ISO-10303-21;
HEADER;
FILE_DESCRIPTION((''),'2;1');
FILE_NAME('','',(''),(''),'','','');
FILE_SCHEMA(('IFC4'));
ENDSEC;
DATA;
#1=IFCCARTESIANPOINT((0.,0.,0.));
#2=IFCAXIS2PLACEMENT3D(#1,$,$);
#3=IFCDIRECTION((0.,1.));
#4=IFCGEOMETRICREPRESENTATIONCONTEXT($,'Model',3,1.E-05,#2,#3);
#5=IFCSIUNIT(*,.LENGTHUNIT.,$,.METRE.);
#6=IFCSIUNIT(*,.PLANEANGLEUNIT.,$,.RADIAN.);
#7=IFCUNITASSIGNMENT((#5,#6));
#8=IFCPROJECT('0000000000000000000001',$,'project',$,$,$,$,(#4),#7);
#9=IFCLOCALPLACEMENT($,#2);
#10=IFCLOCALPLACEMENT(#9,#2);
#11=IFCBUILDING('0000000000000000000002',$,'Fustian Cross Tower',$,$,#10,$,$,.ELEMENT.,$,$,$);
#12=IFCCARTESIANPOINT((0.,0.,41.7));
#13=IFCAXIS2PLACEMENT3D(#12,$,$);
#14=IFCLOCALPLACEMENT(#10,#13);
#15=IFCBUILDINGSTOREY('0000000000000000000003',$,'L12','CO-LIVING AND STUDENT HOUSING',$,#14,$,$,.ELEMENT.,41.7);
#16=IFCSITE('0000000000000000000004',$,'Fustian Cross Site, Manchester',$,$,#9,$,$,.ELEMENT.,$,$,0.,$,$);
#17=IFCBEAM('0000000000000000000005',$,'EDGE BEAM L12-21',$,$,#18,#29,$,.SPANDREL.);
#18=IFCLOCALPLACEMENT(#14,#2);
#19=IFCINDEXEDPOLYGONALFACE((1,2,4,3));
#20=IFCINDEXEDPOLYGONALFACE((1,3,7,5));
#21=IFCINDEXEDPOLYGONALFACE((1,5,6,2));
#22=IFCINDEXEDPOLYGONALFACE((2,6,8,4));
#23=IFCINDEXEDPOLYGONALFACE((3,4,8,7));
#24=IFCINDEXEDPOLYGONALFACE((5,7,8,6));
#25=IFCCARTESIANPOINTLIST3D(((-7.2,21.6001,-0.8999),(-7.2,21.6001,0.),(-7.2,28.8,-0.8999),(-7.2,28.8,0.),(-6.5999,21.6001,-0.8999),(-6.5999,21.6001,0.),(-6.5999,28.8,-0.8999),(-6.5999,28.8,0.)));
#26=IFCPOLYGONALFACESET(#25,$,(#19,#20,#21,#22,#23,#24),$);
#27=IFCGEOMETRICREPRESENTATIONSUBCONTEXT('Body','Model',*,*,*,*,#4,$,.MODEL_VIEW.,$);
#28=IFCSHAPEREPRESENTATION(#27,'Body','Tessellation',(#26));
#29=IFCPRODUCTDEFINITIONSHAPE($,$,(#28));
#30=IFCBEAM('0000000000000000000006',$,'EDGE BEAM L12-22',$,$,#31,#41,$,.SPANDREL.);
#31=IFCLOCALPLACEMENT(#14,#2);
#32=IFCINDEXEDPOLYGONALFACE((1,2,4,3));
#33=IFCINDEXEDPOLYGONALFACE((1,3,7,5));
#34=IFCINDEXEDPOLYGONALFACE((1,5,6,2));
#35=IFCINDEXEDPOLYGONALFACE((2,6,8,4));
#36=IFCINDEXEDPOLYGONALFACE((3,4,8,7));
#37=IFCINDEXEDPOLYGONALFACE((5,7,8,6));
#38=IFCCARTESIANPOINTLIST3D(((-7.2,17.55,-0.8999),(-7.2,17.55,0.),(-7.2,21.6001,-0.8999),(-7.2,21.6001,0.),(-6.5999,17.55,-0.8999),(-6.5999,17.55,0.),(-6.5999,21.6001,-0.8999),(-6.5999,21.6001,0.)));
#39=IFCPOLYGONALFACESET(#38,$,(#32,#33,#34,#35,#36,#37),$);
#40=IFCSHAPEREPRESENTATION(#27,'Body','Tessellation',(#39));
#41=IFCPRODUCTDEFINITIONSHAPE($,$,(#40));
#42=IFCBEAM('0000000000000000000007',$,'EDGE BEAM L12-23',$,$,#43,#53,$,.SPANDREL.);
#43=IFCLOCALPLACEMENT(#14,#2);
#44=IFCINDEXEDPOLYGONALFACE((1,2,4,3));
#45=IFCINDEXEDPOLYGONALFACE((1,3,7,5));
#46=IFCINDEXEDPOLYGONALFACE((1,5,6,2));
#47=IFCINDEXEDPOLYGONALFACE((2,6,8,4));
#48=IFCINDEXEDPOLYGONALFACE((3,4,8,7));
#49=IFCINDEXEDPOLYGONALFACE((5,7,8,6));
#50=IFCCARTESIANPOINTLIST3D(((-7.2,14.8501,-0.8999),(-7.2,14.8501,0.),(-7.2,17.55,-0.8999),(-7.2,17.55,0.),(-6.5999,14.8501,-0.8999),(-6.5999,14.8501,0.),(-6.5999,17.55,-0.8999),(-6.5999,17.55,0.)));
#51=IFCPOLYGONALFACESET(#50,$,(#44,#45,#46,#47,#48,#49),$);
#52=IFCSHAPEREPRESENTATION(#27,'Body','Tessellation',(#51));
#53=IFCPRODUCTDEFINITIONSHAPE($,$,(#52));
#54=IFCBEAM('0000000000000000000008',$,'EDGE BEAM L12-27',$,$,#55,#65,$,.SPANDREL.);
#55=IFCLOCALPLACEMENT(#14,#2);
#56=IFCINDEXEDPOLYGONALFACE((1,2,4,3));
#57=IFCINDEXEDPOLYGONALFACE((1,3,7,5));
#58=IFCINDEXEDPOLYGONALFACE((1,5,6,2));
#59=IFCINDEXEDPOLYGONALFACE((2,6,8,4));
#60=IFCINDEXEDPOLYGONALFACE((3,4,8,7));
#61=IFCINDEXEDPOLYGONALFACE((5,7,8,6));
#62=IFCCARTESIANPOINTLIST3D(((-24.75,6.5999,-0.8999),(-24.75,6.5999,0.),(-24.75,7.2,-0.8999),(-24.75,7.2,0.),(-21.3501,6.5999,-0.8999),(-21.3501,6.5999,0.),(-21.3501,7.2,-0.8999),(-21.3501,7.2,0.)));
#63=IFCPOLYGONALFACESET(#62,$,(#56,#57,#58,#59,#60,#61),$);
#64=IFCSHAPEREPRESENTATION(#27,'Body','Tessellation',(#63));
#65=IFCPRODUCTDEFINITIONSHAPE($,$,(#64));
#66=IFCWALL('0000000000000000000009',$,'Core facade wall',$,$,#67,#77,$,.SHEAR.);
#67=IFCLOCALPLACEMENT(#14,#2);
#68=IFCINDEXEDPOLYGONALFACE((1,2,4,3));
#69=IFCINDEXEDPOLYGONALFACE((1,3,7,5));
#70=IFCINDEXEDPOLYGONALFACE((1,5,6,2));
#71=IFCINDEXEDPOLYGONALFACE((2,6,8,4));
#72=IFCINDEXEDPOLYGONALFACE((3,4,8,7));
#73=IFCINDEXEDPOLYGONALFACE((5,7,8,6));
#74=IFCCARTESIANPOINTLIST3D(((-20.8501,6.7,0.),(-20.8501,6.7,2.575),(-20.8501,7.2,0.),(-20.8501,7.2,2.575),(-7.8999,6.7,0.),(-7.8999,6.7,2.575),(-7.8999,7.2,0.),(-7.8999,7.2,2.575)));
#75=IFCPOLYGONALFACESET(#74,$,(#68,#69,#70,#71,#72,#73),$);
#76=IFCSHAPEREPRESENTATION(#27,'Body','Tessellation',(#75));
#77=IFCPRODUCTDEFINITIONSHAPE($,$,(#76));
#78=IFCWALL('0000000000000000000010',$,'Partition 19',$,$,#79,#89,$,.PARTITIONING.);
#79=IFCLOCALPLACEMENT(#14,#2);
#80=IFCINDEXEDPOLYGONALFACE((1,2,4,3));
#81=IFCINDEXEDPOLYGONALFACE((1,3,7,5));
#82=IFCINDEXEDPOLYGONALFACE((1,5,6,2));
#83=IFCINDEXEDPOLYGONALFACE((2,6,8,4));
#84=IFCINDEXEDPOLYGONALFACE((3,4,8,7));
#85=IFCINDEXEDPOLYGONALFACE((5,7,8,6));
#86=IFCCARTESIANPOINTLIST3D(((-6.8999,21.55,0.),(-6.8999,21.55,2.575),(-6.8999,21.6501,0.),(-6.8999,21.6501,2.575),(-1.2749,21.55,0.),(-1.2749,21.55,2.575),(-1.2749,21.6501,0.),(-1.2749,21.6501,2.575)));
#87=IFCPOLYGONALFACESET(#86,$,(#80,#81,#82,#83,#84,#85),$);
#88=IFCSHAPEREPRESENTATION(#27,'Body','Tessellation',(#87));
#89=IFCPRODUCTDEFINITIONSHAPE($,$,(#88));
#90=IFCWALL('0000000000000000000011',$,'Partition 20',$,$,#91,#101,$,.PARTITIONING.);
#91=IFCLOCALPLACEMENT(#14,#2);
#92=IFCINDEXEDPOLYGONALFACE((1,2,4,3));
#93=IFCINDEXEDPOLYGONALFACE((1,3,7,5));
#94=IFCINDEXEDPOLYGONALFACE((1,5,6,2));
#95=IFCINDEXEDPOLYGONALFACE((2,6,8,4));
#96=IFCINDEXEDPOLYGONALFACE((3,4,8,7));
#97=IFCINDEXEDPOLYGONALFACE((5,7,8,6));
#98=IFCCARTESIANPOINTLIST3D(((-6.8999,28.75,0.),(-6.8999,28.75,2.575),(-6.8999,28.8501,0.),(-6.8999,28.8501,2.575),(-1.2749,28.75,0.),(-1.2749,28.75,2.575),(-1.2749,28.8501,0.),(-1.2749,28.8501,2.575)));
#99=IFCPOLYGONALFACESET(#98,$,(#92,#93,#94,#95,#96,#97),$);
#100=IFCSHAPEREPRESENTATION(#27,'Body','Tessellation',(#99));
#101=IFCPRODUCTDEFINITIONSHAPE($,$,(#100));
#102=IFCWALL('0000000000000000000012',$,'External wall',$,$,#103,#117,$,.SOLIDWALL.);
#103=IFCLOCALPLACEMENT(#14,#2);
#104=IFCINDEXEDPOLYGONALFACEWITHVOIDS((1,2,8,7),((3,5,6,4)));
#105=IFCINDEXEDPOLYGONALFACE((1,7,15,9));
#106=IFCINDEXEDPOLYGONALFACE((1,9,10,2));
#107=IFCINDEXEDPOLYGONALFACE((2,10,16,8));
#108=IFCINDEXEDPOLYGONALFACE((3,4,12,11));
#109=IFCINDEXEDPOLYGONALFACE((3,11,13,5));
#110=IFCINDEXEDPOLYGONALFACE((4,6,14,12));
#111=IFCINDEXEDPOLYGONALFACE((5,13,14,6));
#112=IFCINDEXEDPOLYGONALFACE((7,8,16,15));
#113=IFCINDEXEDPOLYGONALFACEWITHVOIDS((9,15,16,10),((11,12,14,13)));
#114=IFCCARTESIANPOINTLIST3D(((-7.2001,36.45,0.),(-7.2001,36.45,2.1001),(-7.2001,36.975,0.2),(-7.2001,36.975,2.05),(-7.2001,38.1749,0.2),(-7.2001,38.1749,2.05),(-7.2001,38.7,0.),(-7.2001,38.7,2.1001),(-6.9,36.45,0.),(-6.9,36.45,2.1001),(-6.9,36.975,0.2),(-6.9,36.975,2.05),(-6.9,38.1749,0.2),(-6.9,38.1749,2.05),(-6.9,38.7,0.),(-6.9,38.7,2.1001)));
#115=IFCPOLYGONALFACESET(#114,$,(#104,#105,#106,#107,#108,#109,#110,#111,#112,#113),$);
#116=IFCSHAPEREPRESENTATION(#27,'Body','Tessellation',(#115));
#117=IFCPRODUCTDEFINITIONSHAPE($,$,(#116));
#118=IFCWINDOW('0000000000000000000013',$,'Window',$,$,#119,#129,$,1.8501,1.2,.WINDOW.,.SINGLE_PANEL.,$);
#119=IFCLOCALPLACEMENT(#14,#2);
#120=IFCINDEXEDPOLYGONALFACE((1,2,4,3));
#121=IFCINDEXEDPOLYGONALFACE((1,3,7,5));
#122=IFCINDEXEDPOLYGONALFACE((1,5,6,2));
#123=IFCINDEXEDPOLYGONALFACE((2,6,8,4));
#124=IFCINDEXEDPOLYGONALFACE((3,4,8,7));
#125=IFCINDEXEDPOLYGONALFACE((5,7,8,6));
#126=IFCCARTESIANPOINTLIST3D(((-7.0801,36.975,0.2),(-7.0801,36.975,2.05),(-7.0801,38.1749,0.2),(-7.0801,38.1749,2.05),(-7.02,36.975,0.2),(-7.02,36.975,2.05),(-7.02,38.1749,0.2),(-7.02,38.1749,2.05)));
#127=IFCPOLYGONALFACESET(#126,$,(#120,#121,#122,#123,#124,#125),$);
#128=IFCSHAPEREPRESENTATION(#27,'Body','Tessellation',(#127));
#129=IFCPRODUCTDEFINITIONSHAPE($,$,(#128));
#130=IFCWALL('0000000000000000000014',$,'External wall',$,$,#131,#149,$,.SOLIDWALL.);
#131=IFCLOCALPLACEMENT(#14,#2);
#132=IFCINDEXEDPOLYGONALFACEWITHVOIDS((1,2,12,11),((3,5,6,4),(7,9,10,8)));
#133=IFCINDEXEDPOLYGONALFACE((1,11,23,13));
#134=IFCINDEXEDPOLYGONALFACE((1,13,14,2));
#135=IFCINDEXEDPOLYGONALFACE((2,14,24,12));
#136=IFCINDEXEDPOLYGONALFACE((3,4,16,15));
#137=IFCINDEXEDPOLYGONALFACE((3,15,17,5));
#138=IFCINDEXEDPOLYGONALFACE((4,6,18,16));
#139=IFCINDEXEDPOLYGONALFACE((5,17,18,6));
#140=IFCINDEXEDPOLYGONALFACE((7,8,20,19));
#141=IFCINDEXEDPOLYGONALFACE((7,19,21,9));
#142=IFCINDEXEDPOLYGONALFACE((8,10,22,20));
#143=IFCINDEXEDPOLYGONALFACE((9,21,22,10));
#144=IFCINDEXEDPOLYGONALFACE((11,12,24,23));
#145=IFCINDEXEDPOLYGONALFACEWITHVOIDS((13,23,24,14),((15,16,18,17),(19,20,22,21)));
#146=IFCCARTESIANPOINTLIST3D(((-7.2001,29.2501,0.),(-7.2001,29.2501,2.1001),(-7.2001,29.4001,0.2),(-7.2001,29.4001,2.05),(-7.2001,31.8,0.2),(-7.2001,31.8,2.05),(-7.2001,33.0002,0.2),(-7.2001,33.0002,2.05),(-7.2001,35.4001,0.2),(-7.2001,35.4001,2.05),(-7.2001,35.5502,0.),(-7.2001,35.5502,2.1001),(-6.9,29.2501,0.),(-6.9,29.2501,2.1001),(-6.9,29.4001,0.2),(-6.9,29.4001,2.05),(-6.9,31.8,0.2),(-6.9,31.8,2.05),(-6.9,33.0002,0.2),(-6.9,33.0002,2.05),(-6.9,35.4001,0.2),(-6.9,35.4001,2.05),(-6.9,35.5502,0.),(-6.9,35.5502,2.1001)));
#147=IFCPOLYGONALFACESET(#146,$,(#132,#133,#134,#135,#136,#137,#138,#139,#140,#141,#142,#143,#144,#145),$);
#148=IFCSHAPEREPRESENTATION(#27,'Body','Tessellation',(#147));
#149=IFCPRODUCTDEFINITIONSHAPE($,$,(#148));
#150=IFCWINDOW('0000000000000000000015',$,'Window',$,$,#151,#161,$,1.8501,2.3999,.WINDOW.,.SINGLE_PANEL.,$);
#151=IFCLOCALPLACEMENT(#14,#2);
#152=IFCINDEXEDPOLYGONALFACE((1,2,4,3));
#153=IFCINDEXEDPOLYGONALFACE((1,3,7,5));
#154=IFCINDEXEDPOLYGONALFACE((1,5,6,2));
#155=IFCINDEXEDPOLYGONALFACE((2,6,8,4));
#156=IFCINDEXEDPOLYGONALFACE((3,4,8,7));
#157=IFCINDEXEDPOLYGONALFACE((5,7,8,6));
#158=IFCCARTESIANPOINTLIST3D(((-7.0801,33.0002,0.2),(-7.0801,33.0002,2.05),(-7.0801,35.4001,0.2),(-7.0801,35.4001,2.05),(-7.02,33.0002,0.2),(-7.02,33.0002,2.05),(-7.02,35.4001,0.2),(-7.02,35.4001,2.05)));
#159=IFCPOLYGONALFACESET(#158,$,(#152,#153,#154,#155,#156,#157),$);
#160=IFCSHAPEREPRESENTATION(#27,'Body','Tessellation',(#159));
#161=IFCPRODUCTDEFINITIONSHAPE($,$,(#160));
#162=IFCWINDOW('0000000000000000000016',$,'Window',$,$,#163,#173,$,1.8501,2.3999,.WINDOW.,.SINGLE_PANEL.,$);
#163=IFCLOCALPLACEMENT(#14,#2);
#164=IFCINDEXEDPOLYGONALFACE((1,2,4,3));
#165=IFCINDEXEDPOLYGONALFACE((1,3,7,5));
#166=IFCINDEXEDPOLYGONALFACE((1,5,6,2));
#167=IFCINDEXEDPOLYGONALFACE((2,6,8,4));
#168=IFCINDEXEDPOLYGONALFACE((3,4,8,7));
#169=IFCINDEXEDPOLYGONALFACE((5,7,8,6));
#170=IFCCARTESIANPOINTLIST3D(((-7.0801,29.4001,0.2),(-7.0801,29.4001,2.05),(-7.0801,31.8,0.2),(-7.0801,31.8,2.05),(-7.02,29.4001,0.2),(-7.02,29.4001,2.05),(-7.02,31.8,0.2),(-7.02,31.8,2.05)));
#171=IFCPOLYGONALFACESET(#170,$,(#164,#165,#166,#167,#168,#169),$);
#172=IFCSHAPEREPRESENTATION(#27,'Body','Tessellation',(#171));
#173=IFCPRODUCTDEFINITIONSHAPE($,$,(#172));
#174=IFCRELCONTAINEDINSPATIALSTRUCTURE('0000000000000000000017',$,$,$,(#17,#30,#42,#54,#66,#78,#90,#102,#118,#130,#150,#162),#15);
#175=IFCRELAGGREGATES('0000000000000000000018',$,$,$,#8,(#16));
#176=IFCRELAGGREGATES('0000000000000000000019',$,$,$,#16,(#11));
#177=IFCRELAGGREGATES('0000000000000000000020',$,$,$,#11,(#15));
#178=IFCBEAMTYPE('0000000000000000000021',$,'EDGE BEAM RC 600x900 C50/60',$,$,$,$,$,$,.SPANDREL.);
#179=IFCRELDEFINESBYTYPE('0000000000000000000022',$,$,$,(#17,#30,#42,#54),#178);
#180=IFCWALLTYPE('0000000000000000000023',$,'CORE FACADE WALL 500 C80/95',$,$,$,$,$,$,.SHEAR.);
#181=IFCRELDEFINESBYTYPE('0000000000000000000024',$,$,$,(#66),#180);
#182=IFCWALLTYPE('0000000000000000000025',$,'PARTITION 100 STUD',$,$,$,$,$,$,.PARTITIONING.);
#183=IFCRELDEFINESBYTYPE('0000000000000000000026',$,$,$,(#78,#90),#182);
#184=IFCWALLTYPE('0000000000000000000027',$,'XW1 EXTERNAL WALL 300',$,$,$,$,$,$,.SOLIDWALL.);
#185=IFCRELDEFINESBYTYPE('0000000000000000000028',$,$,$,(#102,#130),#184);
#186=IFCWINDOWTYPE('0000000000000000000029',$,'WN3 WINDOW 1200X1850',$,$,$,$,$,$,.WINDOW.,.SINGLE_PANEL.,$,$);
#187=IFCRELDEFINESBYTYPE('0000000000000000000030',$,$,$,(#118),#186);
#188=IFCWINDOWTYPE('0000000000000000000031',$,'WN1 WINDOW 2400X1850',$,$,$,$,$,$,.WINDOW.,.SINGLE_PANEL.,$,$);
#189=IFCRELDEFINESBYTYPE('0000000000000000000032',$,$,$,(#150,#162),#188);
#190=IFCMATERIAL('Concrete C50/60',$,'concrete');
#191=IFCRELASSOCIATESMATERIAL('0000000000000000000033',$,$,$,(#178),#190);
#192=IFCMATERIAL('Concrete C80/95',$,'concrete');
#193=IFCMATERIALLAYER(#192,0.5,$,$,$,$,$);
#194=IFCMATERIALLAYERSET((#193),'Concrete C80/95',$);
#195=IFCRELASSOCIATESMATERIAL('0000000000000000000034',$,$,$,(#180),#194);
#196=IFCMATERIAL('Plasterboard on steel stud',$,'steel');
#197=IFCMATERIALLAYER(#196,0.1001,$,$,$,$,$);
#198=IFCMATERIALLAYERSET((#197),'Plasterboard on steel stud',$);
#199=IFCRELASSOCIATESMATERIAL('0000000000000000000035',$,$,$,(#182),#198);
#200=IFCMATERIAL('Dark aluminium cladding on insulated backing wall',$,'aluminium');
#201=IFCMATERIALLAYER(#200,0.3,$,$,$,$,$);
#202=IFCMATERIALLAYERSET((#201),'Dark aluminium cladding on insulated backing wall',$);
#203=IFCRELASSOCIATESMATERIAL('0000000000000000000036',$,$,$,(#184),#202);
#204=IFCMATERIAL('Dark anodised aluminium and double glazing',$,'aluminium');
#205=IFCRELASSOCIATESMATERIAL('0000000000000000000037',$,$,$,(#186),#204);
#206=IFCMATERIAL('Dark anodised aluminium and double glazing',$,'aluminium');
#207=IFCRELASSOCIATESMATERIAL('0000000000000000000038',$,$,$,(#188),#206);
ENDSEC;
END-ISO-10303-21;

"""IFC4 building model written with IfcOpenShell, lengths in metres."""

from ifc_helpers import new_model, si_unit, direction, frame, frame_2d, origin, origin_2d, place, context, subcontext, project, spatial, rectangle, extrude, material, layer, layer_set, material_profile, profile_set, type_object, element, fill, save


model = new_model("IFC4")

# Units and contexts
model_context = context("Model", 3, precision=1e-05, world=origin(), true_north=direction((0.0, 1.0)))
body_context = subcontext(model_context, "Body", "Model", "MODEL_VIEW")
ifc_project = project(units=[si_unit("LENGTHUNIT", "METRE"), si_unit("PLANEANGLEUNIT", "RADIAN")], contexts=[model_context])

# Site, building, storey
site_placement = place(None, origin())
site = spatial("IfcSite", under=ifc_project, at=site_placement, Name="Fustian Cross Site, Manchester", CompositionType="ELEMENT", RefElevation=0.0)
building_placement = place(site_placement, origin())
building = spatial("IfcBuilding", under=site, at=building_placement, Name="Fustian Cross Tower", CompositionType="ELEMENT")
storey_placement = place(building_placement, frame((0.0, 0.0, 41.7)))
storey = spatial("IfcBuildingStorey", under=building, at=storey_placement, Name="L12", Description="CO-LIVING AND STUDENT HOUSING", CompositionType="ELEMENT", Elevation=41.7)

# Beams
ifc_material_1 = material(Name="Concrete C50/60", Category="concrete")
ifc_material_profile = material_profile(ifc_material_1, rectangle(XDim=0.6001, YDim=0.8999, at=origin_2d()), Name="RC 600x900")
ifc_profile_set = profile_set([ifc_material_profile], Name="Concrete C50/60")
beam_type = type_object("IfcBeamType", Name="EDGE BEAM RC 600x900 C50/60", PredefinedType="SPANDREL", material=ifc_profile_set)
beam_1_placement = place(storey_placement, frame((-6.8999, 28.8, -0.45), z_axis=(0.0, -1.0, 0.0), x_axis=(1.0, 0.0, 0.0)))
element("IfcBeam", 1, at=beam_1_placement, inside=storey, type_object=beam_type, Name="EDGE BEAM L12-21", PredefinedType="SPANDREL", context=body_context, shape_type="SweptSolid", body=[
    extrude(rectangle(XDim=0.6001, YDim=0.8999, at=origin_2d()), origin(), (0.0, 0.0, 1.0), 7.2),
])
beam_2_placement = place(storey_placement, frame((-6.8999, 21.6001, -0.45), z_axis=(0.0, -1.0, 0.0), x_axis=(1.0, 0.0, 0.0)))
element("IfcBeam", 2, at=beam_2_placement, inside=storey, type_object=beam_type, Name="EDGE BEAM L12-22", PredefinedType="SPANDREL", context=body_context, shape_type="SweptSolid", body=[
    extrude(rectangle(XDim=0.6001, YDim=0.8999, at=origin_2d()), origin(), (0.0, 0.0, 1.0), 4.05),
])
beam_3_placement = place(storey_placement, frame((-6.8999, 17.55, -0.45), z_axis=(0.0, -1.0, 0.0), x_axis=(1.0, 0.0, 0.0)))
element("IfcBeam", 3, at=beam_3_placement, inside=storey, type_object=beam_type, Name="EDGE BEAM L12-23", PredefinedType="SPANDREL", context=body_context, shape_type="SweptSolid", body=[
    extrude(rectangle(XDim=0.6001, YDim=0.8999, at=origin_2d()), origin(), (0.0, 0.0, 1.0), 2.7),
])
beam_4_placement = place(storey_placement, frame((-21.3501, 6.8999, -0.45), z_axis=(-1.0, 0.0, 0.0), x_axis=(0.0, -1.0, 0.0)))
element("IfcBeam", 4, at=beam_4_placement, inside=storey, type_object=beam_type, Name="EDGE BEAM L12-27", PredefinedType="SPANDREL", context=body_context, shape_type="SweptSolid", body=[
    extrude(rectangle(XDim=0.6001, YDim=0.8999, at=origin_2d()), origin(), (0.0, 0.0, 1.0), 3.3999),
])

# Walls
ifc_material_2 = material(Name="Concrete C80/95", Category="concrete")
ifc_layer_1 = layer(ifc_material_2, 0.5)
ifc_layer_set_1 = layer_set([ifc_layer_1], Name="Concrete C80/95")
wall_type_1 = type_object("IfcWallType", Name="CORE FACADE WALL 500 C80/95", PredefinedType="SHEAR", material=ifc_layer_set_1)
wall_1_placement = place(storey_placement, frame((-7.8999, 6.95, 0.0), z_axis=(0.0, 0.0, 1.0), x_axis=(-1.0, 0.0, 0.0)))
element("IfcWall", 5, at=wall_1_placement, inside=storey, type_object=wall_type_1, Name="Core facade wall", PredefinedType="SHEAR", context=body_context, shape_type="SweptSolid", body=[
    extrude(rectangle(XDim=12.9502, YDim=0.5, at=frame_2d((6.4751, 0.0))), origin(), (0.0, 0.0, 1.0), 2.575),
])
ifc_material_3 = material(Name="Plasterboard on steel stud", Category="steel")
ifc_layer_2 = layer(ifc_material_3, 0.1001)
ifc_layer_set_2 = layer_set([ifc_layer_2], Name="Plasterboard on steel stud")
wall_type_2 = type_object("IfcWallType", Name="PARTITION 100 STUD", PredefinedType="PARTITIONING", material=ifc_layer_set_2)
for number, where, z_axis, x_axis, name in (
    (6, (-6.8999, 21.6001, 0.0), (0.0, 0.0, 1.0), (1.0, 0.0, 0.0), "Partition 19"),
    (7, (-6.8999, 28.8, 0.0), (0.0, 0.0, 1.0), (1.0, 0.0, 0.0), "Partition 20"),
):
    element("IfcWall", number, at=place(storey_placement, frame(where, z_axis=z_axis, x_axis=x_axis)), inside=storey, type_object=wall_type_2, Name=name, PredefinedType="PARTITIONING", context=body_context, shape_type="SweptSolid", body=[
        extrude(rectangle(XDim=5.625, YDim=0.1001, at=frame_2d((2.8125, 0.0))), origin(), (0.0, 0.0, 1.0), 2.575),
    ])

# Wall, opening, window
ifc_material_4 = material(Name="Dark aluminium cladding on insulated backing wall", Category="aluminium")
ifc_layer_3 = layer(ifc_material_4, 0.3)
ifc_layer_set_3 = layer_set([ifc_layer_3], Name="Dark aluminium cladding on insulated backing wall")
wall_type_3 = type_object("IfcWallType", Name="XW1 EXTERNAL WALL 300", PredefinedType="SOLIDWALL", material=ifc_layer_set_3)
wall_2_placement = place(storey_placement, frame((-7.05, 38.7, 0.0), z_axis=(0.0, 0.0, 1.0), x_axis=(0.0, -1.0, 0.0)))
wall_2 = element("IfcWall", 8, at=wall_2_placement, inside=storey, type_object=wall_type_3, Name="External wall", PredefinedType="SOLIDWALL", context=body_context, shape_type="SweptSolid", body=[
    extrude(rectangle(XDim=2.25, YDim=0.3, at=frame_2d((1.125, 0.0))), origin(), (0.0, 0.0, 1.0), 2.1001),
])
opening_1_placement = place(wall_2_placement, frame((0.5249, 0.0, 0.2)))
opening_1 = element("IfcOpeningElement", 9, at=opening_1_placement, cuts=wall_2, PredefinedType="OPENING", context=body_context, shape_type="SweptSolid", body=[
    extrude(rectangle(XDim=1.2, YDim=1.8501, at=frame_2d((0.6001, 0.925))), frame((0.0, 0.1599, 0.0), z_axis=(0.0, -1.0, 0.0), x_axis=(1.0, 0.0, 0.0)), (0.0, 0.0, 1.0), 0.3201),
])
ifc_material_5 = material(Name="Dark anodised aluminium and double glazing", Category="aluminium")
window_type_1 = type_object("IfcWindowType", Name="WN3 WINDOW 1200X1850", PartitioningType="SINGLE_PANEL", PredefinedType="WINDOW", material=ifc_material_5)
window_1_placement = place(opening_1_placement, origin())
window_1 = element("IfcWindow", 10, at=window_1_placement, inside=storey, type_object=window_type_1, Name="Window", OverallHeight=1.8501, OverallWidth=1.2, PartitioningType="SINGLE_PANEL", PredefinedType="WINDOW", context=body_context, shape_type="SweptSolid", body=[
    extrude(rectangle(XDim=1.2, YDim=1.8501, at=frame_2d((0.6001, 0.925))), frame((0.0, 0.03, 0.0), z_axis=(0.0, -1.0, 0.0), x_axis=(1.0, 0.0, 0.0)), (0.0, 0.0, 1.0), 0.0601),
])
fill(opening_1, window_1)

# Wall, openings, windows
wall_3_placement = place(storey_placement, frame((-7.05, 35.55, 0.0), z_axis=(0.0, 0.0, 1.0), x_axis=(0.0, -1.0, 0.0)))
wall_3 = element("IfcWall", 11, at=wall_3_placement, inside=storey, type_object=wall_type_3, Name="External wall", PredefinedType="SOLIDWALL", context=body_context, shape_type="SweptSolid", body=[
    extrude(rectangle(XDim=6.3, YDim=0.3, at=frame_2d((3.1499, 0.0))), origin(), (0.0, 0.0, 1.0), 2.1001),
])
opening_2_placement = place(wall_3_placement, frame((0.1499, 0.0, 0.2)))
opening_2 = element("IfcOpeningElement", 12, at=opening_2_placement, cuts=wall_3, PredefinedType="OPENING", context=body_context, shape_type="SweptSolid", body=[
    extrude(rectangle(XDim=2.3999, YDim=1.8501, at=frame_2d((1.2, 0.925))), frame((0.0, 0.1599, 0.0), z_axis=(0.0, -1.0, 0.0), x_axis=(1.0, 0.0, 0.0)), (0.0, 0.0, 1.0), 0.3201),
])
opening_3_placement = place(wall_3_placement, frame((3.75, 0.0, 0.2)))
opening_3 = element("IfcOpeningElement", 13, at=opening_3_placement, cuts=wall_3, PredefinedType="OPENING", context=body_context, shape_type="SweptSolid", body=[
    extrude(rectangle(XDim=2.3999, YDim=1.8501, at=frame_2d((1.2, 0.925))), frame((0.0, 0.1599, 0.0), z_axis=(0.0, -1.0, 0.0), x_axis=(1.0, 0.0, 0.0)), (0.0, 0.0, 1.0), 0.3201),
])
ifc_material_6 = material(Name="Dark anodised aluminium and double glazing", Category="aluminium")
window_type_2 = type_object("IfcWindowType", Name="WN1 WINDOW 2400X1850", PartitioningType="SINGLE_PANEL", PredefinedType="WINDOW", material=ifc_material_6)
window_2_placement = place(opening_2_placement, origin())
window_2 = element("IfcWindow", 14, at=window_2_placement, inside=storey, type_object=window_type_2, Name="Window", OverallHeight=1.8501, OverallWidth=2.3999, PartitioningType="SINGLE_PANEL", PredefinedType="WINDOW", context=body_context, shape_type="SweptSolid", body=[
    extrude(rectangle(XDim=2.3999, YDim=1.8501, at=frame_2d((1.2, 0.925))), frame((0.0, 0.03, 0.0), z_axis=(0.0, -1.0, 0.0), x_axis=(1.0, 0.0, 0.0)), (0.0, 0.0, 1.0), 0.0601),
])
fill(opening_2, window_2)
window_3_placement = place(opening_3_placement, origin())
window_3 = element("IfcWindow", 15, at=window_3_placement, inside=storey, type_object=window_type_2, Name="Window", OverallHeight=1.8501, OverallWidth=2.3999, PartitioningType="SINGLE_PANEL", PredefinedType="WINDOW", context=body_context, shape_type="SweptSolid", body=[
    extrude(rectangle(XDim=2.3999, YDim=1.8501, at=frame_2d((1.2, 0.925))), frame((0.0, 0.03, 0.0), z_axis=(0.0, -1.0, 0.0), x_axis=(1.0, 0.0, 0.0)), (0.0, 0.0, 1.0), 0.0601),
])
fill(opening_3, window_3)

save(model, "model.ifc")
